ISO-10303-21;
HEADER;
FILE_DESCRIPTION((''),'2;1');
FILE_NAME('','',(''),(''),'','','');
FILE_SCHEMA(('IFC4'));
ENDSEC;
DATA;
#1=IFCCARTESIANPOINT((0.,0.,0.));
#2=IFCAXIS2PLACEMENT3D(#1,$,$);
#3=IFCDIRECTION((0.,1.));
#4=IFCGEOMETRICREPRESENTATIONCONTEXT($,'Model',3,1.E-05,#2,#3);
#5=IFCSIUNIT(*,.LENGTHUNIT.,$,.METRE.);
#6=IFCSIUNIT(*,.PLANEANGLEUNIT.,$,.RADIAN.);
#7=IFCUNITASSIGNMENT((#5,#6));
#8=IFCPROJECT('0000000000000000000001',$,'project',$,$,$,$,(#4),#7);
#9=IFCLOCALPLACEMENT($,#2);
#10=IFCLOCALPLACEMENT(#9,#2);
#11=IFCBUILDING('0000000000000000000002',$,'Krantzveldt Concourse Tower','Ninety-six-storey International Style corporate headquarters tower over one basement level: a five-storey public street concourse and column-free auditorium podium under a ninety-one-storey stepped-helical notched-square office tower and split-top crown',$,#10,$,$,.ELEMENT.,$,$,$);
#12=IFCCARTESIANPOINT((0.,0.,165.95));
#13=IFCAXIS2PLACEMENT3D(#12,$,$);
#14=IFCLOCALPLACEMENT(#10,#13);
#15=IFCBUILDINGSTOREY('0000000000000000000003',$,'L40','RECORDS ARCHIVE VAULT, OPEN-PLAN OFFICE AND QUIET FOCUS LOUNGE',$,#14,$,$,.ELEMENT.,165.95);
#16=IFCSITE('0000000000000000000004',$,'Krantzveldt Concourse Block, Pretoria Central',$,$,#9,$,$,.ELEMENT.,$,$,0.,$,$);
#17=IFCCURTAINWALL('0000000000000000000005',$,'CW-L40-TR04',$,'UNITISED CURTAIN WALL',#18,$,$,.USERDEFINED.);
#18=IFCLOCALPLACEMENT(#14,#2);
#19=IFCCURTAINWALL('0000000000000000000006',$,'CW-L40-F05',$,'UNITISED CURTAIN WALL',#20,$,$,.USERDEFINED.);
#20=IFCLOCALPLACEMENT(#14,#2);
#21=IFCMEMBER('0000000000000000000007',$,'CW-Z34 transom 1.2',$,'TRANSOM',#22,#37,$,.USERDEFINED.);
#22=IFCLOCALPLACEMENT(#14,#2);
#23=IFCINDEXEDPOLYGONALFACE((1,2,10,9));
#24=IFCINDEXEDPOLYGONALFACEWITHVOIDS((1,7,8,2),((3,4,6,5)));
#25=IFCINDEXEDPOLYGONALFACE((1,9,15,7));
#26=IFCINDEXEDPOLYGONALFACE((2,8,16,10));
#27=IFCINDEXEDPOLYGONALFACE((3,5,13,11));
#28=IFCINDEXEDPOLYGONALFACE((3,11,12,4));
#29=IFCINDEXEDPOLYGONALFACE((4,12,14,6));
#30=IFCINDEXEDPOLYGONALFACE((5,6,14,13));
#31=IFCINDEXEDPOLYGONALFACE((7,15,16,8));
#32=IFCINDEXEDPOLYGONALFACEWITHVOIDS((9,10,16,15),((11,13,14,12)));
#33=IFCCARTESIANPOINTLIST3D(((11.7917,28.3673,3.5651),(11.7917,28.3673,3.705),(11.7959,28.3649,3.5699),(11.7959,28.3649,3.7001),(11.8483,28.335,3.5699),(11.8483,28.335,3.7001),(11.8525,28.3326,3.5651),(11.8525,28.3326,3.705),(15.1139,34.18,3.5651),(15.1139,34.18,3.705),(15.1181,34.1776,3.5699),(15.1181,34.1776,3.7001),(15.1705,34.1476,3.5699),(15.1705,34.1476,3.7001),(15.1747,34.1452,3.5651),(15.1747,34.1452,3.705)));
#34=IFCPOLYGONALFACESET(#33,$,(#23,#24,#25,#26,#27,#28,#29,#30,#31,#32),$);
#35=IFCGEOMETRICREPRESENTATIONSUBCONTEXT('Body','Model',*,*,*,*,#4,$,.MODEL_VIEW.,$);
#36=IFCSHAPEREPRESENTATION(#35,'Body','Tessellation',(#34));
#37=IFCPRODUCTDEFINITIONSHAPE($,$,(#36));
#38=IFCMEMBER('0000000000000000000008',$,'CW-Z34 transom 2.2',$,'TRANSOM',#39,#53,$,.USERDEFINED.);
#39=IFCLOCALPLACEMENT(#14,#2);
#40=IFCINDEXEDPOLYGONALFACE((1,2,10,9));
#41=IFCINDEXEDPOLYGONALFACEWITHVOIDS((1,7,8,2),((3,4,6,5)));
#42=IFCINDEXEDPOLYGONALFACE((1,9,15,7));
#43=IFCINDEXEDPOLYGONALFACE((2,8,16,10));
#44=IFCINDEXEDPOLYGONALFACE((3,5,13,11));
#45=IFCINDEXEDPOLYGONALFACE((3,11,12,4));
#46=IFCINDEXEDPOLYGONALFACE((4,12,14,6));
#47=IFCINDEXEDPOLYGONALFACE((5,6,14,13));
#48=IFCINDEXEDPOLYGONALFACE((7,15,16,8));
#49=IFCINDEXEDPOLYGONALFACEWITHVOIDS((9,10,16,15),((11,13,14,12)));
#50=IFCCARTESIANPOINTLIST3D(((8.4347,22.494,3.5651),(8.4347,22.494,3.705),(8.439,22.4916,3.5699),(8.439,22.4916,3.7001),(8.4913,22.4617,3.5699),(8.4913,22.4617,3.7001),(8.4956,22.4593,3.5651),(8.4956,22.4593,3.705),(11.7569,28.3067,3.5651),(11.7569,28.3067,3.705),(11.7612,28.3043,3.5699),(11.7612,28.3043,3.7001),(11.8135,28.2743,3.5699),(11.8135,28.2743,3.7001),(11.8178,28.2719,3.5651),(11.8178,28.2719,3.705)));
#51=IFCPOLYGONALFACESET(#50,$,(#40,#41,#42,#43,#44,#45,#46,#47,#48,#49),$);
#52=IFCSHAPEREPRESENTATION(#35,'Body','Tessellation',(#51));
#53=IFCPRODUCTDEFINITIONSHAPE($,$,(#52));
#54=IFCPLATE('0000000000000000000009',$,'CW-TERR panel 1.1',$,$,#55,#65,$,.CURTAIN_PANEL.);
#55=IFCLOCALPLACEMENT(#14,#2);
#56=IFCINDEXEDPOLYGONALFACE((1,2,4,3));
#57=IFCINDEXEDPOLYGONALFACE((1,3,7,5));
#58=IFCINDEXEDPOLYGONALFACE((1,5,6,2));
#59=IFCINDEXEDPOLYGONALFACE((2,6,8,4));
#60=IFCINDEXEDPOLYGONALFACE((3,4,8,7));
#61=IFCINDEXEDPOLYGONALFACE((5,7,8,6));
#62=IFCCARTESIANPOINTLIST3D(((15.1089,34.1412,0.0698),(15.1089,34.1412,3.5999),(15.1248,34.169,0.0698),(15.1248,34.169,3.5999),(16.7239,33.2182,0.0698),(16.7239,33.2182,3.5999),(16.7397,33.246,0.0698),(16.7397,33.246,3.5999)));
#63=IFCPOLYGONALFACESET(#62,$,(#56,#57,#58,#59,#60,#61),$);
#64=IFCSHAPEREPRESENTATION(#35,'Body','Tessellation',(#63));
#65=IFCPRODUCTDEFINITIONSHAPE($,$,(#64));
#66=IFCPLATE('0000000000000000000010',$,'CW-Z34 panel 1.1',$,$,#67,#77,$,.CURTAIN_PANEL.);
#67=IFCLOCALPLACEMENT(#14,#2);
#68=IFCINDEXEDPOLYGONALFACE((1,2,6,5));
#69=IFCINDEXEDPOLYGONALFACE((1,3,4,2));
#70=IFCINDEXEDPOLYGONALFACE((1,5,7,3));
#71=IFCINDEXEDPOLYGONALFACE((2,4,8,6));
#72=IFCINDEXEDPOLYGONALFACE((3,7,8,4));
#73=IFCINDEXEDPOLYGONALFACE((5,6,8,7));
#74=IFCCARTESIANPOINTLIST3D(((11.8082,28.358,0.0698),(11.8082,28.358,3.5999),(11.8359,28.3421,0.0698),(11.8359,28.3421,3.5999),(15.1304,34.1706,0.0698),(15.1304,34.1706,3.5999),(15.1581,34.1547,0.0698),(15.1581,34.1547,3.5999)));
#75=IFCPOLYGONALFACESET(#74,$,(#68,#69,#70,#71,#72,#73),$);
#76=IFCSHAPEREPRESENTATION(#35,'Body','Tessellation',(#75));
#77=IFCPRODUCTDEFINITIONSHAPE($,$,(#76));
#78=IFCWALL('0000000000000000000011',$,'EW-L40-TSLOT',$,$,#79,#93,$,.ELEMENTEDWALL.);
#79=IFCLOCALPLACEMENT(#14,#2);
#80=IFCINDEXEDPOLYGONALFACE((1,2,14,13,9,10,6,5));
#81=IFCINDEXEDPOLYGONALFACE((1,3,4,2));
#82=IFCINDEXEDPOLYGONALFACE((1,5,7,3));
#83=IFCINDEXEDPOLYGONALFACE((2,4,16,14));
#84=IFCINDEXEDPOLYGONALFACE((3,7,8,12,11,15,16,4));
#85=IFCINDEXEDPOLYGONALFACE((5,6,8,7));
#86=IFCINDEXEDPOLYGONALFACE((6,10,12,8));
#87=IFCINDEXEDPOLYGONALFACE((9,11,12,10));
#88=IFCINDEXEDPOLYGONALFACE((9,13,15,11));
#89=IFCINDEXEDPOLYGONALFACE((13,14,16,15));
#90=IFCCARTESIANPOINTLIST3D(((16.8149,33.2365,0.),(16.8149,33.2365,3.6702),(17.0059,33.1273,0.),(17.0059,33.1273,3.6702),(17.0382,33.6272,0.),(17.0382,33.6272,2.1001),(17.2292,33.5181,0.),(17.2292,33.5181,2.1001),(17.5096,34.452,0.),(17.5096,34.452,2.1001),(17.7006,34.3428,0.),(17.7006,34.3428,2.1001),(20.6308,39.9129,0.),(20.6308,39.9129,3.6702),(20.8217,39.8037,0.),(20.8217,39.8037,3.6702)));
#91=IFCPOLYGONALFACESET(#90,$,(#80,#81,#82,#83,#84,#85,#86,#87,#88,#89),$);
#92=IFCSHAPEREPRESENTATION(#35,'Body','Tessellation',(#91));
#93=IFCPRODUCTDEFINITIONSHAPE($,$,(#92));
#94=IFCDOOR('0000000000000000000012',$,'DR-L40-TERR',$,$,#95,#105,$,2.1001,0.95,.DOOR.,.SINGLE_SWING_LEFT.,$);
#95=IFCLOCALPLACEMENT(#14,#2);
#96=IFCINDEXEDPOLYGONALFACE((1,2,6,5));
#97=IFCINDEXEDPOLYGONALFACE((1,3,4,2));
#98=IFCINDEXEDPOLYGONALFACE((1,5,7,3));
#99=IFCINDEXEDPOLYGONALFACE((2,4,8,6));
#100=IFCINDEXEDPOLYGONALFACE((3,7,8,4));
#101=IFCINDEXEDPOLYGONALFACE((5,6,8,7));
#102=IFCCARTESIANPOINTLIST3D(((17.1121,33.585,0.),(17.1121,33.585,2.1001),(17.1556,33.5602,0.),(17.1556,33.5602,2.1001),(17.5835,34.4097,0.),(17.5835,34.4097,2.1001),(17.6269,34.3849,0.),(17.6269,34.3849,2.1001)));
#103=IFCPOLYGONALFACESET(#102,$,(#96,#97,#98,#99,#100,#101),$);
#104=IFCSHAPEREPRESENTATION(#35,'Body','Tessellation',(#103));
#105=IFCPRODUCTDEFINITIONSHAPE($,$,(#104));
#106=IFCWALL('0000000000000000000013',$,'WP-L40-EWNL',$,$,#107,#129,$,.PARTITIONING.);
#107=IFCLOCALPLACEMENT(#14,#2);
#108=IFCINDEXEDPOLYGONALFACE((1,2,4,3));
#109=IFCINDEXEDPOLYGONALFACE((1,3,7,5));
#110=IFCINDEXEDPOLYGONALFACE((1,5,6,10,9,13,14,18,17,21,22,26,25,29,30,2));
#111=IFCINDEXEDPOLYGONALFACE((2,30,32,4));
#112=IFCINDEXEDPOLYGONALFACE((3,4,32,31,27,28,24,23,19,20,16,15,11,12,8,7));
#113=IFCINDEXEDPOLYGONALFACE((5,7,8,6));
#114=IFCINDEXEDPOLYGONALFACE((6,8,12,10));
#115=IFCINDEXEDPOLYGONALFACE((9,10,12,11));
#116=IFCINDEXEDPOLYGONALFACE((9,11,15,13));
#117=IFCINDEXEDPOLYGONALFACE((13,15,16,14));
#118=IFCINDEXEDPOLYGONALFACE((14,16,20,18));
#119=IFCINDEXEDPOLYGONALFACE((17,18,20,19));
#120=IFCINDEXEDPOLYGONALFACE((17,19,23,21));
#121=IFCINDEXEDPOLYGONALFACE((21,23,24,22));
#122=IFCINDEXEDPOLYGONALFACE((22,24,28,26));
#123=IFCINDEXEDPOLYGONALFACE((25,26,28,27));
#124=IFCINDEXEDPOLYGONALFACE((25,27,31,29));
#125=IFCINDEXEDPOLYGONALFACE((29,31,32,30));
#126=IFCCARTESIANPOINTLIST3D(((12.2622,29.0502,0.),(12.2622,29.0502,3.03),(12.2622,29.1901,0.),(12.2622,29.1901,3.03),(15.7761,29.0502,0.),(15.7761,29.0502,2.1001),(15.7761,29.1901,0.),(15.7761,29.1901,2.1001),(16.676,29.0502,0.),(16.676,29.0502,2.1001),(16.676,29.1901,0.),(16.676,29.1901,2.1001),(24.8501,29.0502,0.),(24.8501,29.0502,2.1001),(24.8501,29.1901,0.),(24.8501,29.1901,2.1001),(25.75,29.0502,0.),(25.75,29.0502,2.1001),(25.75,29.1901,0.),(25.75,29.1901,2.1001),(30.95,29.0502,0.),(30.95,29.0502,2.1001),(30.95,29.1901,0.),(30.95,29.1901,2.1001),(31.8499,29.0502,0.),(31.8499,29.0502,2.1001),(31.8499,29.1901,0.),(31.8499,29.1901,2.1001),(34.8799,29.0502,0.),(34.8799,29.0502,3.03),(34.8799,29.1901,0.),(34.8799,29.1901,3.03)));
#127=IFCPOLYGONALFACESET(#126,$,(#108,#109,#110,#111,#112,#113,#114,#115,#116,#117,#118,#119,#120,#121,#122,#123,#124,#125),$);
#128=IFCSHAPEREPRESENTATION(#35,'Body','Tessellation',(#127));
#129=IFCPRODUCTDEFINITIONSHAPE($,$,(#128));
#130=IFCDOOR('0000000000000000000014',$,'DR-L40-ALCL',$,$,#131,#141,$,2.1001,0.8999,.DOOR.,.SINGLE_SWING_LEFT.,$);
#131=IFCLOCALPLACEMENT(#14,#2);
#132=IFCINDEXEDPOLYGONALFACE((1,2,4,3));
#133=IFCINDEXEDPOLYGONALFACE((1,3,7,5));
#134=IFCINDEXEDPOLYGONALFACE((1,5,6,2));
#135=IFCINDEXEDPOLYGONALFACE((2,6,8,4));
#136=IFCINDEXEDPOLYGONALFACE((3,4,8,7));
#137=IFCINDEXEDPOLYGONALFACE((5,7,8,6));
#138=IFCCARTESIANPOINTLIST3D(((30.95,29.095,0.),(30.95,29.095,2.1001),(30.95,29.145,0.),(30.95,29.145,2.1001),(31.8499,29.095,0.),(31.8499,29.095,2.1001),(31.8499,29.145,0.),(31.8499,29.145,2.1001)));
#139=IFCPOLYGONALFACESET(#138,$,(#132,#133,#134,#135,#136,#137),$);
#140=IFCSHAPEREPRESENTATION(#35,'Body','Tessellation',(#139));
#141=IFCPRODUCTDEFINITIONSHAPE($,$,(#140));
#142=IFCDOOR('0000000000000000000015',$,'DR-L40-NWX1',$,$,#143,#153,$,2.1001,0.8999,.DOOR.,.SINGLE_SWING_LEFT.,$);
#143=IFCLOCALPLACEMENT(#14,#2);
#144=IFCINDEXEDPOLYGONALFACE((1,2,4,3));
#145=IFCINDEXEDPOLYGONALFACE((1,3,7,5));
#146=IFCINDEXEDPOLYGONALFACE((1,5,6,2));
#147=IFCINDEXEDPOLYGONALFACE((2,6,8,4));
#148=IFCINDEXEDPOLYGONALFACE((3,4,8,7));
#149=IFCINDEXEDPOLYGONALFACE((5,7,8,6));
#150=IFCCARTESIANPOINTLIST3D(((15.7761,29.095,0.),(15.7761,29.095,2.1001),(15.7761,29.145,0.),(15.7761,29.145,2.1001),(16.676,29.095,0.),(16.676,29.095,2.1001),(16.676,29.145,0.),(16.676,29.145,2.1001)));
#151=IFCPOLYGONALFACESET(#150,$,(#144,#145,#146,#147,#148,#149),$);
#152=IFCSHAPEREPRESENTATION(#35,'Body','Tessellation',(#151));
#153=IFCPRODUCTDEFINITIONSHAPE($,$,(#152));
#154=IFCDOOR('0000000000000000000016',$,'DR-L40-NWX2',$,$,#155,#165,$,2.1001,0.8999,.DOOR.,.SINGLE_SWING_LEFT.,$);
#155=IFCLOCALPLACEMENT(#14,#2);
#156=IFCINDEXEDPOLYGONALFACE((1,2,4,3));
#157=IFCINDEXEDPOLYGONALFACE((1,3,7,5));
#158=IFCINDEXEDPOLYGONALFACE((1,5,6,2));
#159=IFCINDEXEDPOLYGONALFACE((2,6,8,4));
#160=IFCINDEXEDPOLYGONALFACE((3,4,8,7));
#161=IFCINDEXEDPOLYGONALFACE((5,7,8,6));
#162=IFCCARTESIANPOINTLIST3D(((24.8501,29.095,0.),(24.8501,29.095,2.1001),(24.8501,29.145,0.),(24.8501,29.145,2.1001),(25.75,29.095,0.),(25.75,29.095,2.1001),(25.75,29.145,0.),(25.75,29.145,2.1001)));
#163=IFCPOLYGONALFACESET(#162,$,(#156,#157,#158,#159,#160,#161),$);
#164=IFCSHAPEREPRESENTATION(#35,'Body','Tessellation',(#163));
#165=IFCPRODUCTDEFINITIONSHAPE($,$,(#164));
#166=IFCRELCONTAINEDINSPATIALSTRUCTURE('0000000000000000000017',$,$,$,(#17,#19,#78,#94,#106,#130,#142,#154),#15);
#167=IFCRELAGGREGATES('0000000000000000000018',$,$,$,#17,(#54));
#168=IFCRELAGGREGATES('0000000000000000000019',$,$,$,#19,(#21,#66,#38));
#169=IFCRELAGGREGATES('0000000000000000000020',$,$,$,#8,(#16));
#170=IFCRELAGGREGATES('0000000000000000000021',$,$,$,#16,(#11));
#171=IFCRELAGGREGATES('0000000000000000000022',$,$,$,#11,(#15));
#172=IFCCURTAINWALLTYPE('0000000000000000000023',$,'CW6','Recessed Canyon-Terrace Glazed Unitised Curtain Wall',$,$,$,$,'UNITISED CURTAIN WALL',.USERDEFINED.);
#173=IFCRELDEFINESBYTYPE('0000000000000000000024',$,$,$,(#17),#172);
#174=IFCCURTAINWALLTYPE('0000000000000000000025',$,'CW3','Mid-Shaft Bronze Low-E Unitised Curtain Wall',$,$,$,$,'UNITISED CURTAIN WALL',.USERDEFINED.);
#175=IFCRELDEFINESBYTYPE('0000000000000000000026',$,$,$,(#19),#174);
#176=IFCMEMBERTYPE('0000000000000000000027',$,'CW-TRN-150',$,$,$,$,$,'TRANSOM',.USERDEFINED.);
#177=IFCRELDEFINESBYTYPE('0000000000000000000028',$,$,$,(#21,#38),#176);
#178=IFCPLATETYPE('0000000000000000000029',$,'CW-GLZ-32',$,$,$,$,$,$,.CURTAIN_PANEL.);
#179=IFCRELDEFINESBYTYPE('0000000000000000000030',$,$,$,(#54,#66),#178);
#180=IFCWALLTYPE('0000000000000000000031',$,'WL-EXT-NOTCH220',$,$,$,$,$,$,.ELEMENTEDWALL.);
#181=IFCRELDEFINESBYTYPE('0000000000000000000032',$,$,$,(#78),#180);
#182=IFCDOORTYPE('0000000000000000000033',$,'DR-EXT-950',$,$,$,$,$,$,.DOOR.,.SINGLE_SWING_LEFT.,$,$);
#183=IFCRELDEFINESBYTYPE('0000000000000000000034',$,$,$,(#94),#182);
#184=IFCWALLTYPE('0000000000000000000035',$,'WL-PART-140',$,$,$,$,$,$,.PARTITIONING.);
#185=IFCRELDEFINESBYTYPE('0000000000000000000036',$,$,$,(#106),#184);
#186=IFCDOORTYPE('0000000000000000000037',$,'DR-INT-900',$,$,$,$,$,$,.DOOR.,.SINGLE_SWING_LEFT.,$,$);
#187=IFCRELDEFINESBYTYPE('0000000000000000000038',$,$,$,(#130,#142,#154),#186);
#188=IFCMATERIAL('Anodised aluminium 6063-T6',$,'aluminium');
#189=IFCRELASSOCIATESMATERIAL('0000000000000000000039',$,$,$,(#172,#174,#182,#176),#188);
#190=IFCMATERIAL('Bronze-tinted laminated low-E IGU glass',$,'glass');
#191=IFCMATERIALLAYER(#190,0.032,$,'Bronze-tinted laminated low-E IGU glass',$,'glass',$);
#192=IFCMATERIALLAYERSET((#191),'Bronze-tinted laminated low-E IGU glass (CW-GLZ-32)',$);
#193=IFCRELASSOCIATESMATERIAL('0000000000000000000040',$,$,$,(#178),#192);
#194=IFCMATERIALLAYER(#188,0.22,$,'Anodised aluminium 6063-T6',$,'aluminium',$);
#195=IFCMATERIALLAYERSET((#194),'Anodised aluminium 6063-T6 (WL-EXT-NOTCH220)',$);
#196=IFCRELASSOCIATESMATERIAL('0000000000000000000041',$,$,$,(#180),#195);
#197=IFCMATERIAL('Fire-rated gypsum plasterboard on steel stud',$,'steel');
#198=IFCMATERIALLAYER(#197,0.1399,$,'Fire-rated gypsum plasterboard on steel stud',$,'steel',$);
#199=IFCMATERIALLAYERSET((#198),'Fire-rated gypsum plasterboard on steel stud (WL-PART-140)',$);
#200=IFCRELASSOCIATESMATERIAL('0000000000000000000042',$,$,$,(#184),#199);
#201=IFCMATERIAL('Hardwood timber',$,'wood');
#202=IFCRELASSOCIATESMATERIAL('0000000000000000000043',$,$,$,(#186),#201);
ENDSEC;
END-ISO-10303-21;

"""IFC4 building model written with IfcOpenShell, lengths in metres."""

from ifc_helpers import new_model, si_unit, direction, frame, frame_2d, origin, origin_2d, place, context, subcontext, project, spatial, rectangle, hollow_rectangle, extrude, source, transform, mapped, material, layer, layer_set, material_profile, profile_set, type_object, type_shapes, element, fill, aggregate, save


model = new_model("IFC4")

# Units and contexts
model_context = context("Model", 3, precision=1e-05, world=origin(), true_north=direction((0.0, 1.0)))
body_context = subcontext(model_context, "Body", "Model", "MODEL_VIEW")
ifc_project = project(units=[si_unit("LENGTHUNIT", "METRE"), si_unit("PLANEANGLEUNIT", "RADIAN")], contexts=[model_context])

# Site, building, storey
site_placement = place(None, origin())
site = spatial("IfcSite", under=ifc_project, at=site_placement, Name="Krantzveldt Concourse Block, Pretoria Central", CompositionType="ELEMENT", RefElevation=0.0)
building_placement = place(site_placement, origin())
building = spatial("IfcBuilding", under=site, at=building_placement, Name="Krantzveldt Concourse Tower", Description="Ninety-six-storey International Style corporate headquarters tower over one basement level: a five-storey public street concourse and column-free auditorium podium under a ninety-one-storey stepped-helical notched-square office tower and split-top crown", CompositionType="ELEMENT")
storey_placement = place(building_placement, frame((0.0, 0.0, 165.95)))
storey = spatial("IfcBuildingStorey", under=building, at=storey_placement, Name="L40", Description="RECORDS ARCHIVE VAULT, OPEN-PLAN OFFICE AND QUIET FOCUS LOUNGE", CompositionType="ELEMENT", Elevation=165.95)

# Curtain walls
ifc_material_1 = material(Name="Anodised aluminium 6063-T6", Category="aluminium")
curtain_wall_type_1 = type_object("IfcCurtainWallType", Name="CW6", Description="Recessed Canyon-Terrace Glazed Unitised Curtain Wall", ElementType="UNITISED CURTAIN WALL", PredefinedType="USERDEFINED", material=ifc_material_1)
curtain_wall_1_placement = place(storey_placement, origin())
curtain_wall_1 = element("IfcCurtainWall", 1, at=curtain_wall_1_placement, inside=storey, type_object=curtain_wall_type_1, Name="CW-L40-TR04", ObjectType="UNITISED CURTAIN WALL", PredefinedType="USERDEFINED")
curtain_wall_type_2 = type_object("IfcCurtainWallType", Name="CW3", Description="Mid-Shaft Bronze Low-E Unitised Curtain Wall", ElementType="UNITISED CURTAIN WALL", PredefinedType="USERDEFINED", material=ifc_material_1)
curtain_wall_2_placement = place(storey_placement, origin())
curtain_wall_2 = element("IfcCurtainWall", 2, at=curtain_wall_2_placement, inside=storey, type_object=curtain_wall_type_2, Name="CW-L40-F05", ObjectType="UNITISED CURTAIN WALL", PredefinedType="USERDEFINED")

# Members
ifc_material_profile_1 = material_profile(ifc_material_1, hollow_rectangle(XDim=0.0701, YDim=0.1399, WallThickness=0.0049, at=origin_2d()), Name="Anodised aluminium 6063-T6", Category="aluminium")
ifc_profile_set_1 = profile_set([ifc_material_profile_1], Name="Anodised aluminium 6063-T6 - ALU-TRAN 140x70x5")
member_type_1 = type_object("IfcMemberType", Name="CW-TRN-150", ElementType="TRANSOM", PredefinedType="USERDEFINED", material=ifc_profile_set_1)
shared_shape_1 = source(origin(), body_context, "Body", "SweptSolid", [
    extrude(hollow_rectangle(XDim=0.0701, YDim=0.1399, WallThickness=0.0049, at=origin_2d()), origin(), (0.0, 0.0, 1.0), 6.6951),
])
member_1_placement = place(storey_placement, frame((15.1443, 34.1626, 3.635), z_axis=(-0.496217, -0.868198, 0.0), x_axis=(0.868198, -0.496217, 0.0)))
member_1 = element("IfcMember", 3, at=member_1_placement, type_object=member_type_1, Name="CW-Z34 transom 1.2", ObjectType="TRANSOM", PredefinedType="USERDEFINED", context=body_context, shape_type="MappedRepresentation", body=[
    mapped(shared_shape_1, transform((0.0, 0.0, 0.0), x_axis=(1.0, 0.0, 0.0), y_axis=(0.0, 1.0, 0.0), z_axis=(0.0, 0.0, 1.0), scale=1.0)),
])
member_2_placement = place(storey_placement, frame((11.7874, 28.2893, 3.635), z_axis=(-0.496217, -0.868198, 0.0), x_axis=(0.868198, -0.496217, 0.0)))
member_2 = element("IfcMember", 4, at=member_2_placement, type_object=member_type_1, Name="CW-Z34 transom 2.2", ObjectType="TRANSOM", PredefinedType="USERDEFINED", context=body_context, shape_type="MappedRepresentation", body=[
    mapped(shared_shape_1, transform((0.0, 0.0, 0.0), x_axis=(1.0, 0.0, 0.0), y_axis=(0.0, 1.0, 0.0), z_axis=(0.0, 0.0, 1.0), scale=1.0)),
])

# Plates
ifc_material_2 = material(Name="Bronze-tinted laminated low-E IGU glass", Category="glass")
ifc_layer_1 = layer(ifc_material_2, 0.032, Name="Bronze-tinted laminated low-E IGU glass", Category="glass")
ifc_layer_set_1 = layer_set([ifc_layer_1], Name="Bronze-tinted laminated low-E IGU glass (CW-GLZ-32)")
plate_type = type_object("IfcPlateType", Name="CW-GLZ-32", PredefinedType="CURTAIN_PANEL", material=ifc_layer_set_1)
shared_shape_2 = source(origin(), body_context, "Body", "SweptSolid", [
    extrude(rectangle(XDim=1.8601, YDim=0.032, at=origin_2d()), origin(), (0.0, 0.0, 1.0), 3.53),
])
plate_1_placement = place(storey_placement, frame((15.9243, 33.6936, 0.0698), z_axis=(0.0, 0.0, 1.0), x_axis=(-0.868198, 0.496219, 0.0)))
plate_1 = element("IfcPlate", 5, at=plate_1_placement, type_object=plate_type, Name="CW-TERR panel 1.1", PredefinedType="CURTAIN_PANEL", context=body_context, shape_type="MappedRepresentation", body=[
    mapped(shared_shape_2, transform((0.0, 0.0, 0.0), x_axis=(1.0, 0.0, 0.0), y_axis=(0.0, 1.0, 0.0), z_axis=(0.0, 0.0, 1.0), scale=1.0)),
])
aggregate(curtain_wall_1, [plate_1])
shared_shape_3 = source(origin(), body_context, "Body", "SweptSolid", [
    extrude(rectangle(XDim=6.6951, YDim=0.032, at=origin_2d()), origin(), (0.0, 0.0, 1.0), 3.53),
])
type_shapes(plate_type, [shared_shape_2, shared_shape_3])
plate_2_placement = place(storey_placement, frame((13.4832, 31.2563, 0.0698), z_axis=(0.0, 0.0, 1.0), x_axis=(-0.496216, -0.868199, 0.0)))
plate_2 = element("IfcPlate", 6, at=plate_2_placement, type_object=plate_type, Name="CW-Z34 panel 1.1", PredefinedType="CURTAIN_PANEL", context=body_context, shape_type="MappedRepresentation", body=[
    mapped(shared_shape_3, transform((0.0, 0.0, 0.0), x_axis=(1.0, 0.0, 0.0), y_axis=(0.0, 1.0, 0.0), z_axis=(0.0, 0.0, 1.0), scale=1.0)),
])
aggregate(curtain_wall_2, [member_1, plate_2, member_2])

# Wall, opening, door
ifc_layer_2 = layer(ifc_material_1, 0.22, Name="Anodised aluminium 6063-T6", Category="aluminium")
ifc_layer_set_2 = layer_set([ifc_layer_2], Name="Anodised aluminium 6063-T6 (WL-EXT-NOTCH220)")
wall_type_1 = type_object("IfcWallType", Name="WL-EXT-NOTCH220", PredefinedType="ELEMENTEDWALL", material=ifc_layer_set_2)
wall_1_placement = place(storey_placement, frame((16.9104, 33.1819, 0.0), z_axis=(0.0, 0.0, 1.0), x_axis=(0.496214, 0.8682, 0.0)))
wall_1 = element("IfcWall", 7, at=wall_1_placement, inside=storey, type_object=wall_type_1, Name="EW-L40-TSLOT", PredefinedType="ELEMENTEDWALL", context=body_context, shape_type="SweptSolid", body=[
    extrude(rectangle(XDim=7.6899, YDim=0.22, at=frame_2d((3.845, 0.0))), origin(), (0.0, 0.0, 1.0), 3.6702),
])
opening_1_placement = place(wall_1_placement, frame((0.45, 0.0, 0.0)))
opening_1 = element("IfcOpeningElement", 8, at=opening_1_placement, cuts=wall_1, PredefinedType="OPENING", context=body_context, shape_type="SweptSolid", body=[
    extrude(rectangle(XDim=0.95, YDim=2.1001, at=frame_2d((0.4751, 1.05))), frame((0.0, 0.1201, 0.0), z_axis=(0.0, -1.0, 0.0), x_axis=(1.0, 0.0, 0.0)), (0.0, 0.0, 1.0), 0.24),
])
door_type_1 = type_object("IfcDoorType", Name="DR-EXT-950", OperationType="SINGLE_SWING_LEFT", PredefinedType="DOOR", material=ifc_material_1)
door_1_placement = place(opening_1_placement, origin())
door_1 = element("IfcDoor", 9, at=door_1_placement, inside=storey, type_object=door_type_1, Name="DR-L40-TERR", OperationType="SINGLE_SWING_LEFT", OverallHeight=2.1001, OverallWidth=0.95, PredefinedType="DOOR", context=body_context, shape_type="SweptSolid", body=[
    extrude(rectangle(XDim=0.95, YDim=2.1001, at=frame_2d((0.4751, 1.05))), frame((0.0, 0.0249, 0.0), z_axis=(0.0, -1.0, 0.0), x_axis=(1.0, 0.0, 0.0)), (0.0, 0.0, 1.0), 0.05),
])
fill(opening_1, door_1)

# Wall, openings, doors
ifc_material_3 = material(Name="Fire-rated gypsum plasterboard on steel stud", Category="steel")
ifc_layer_3 = layer(ifc_material_3, 0.1399, Name="Fire-rated gypsum plasterboard on steel stud", Category="steel")
ifc_layer_set_3 = layer_set([ifc_layer_3], Name="Fire-rated gypsum plasterboard on steel stud (WL-PART-140)")
wall_type_2 = type_object("IfcWallType", Name="WL-PART-140", PredefinedType="PARTITIONING", material=ifc_layer_set_3)
wall_2_placement = place(storey_placement, frame((12.2622, 29.1201, 0.0), z_axis=(0.0, 0.0, 1.0), x_axis=(1.0, 0.0, 0.0)))
wall_2 = element("IfcWall", 10, at=wall_2_placement, inside=storey, type_object=wall_type_2, Name="WP-L40-EWNL", PredefinedType="PARTITIONING", context=body_context, shape_type="SweptSolid", body=[
    extrude(rectangle(XDim=22.6177, YDim=0.1399, at=frame_2d((11.3088, 0.0))), origin(), (0.0, 0.0, 1.0), 3.03),
])
opening_2_placement = place(wall_2_placement, frame((18.6877, 0.0, 0.0)))
opening_2 = element("IfcOpeningElement", 11, at=opening_2_placement, cuts=wall_2, PredefinedType="OPENING", context=body_context, shape_type="SweptSolid", body=[
    extrude(rectangle(XDim=0.8999, YDim=2.1001, at=frame_2d((0.45, 1.05))), frame((0.0, 0.0801, 0.0), z_axis=(0.0, -1.0, 0.0), x_axis=(1.0, 0.0, 0.0)), (0.0, 0.0, 1.0), 0.1599),
])
opening_3_placement = place(wall_2_placement, frame((3.5139, 0.0, 0.0)))
opening_3 = element("IfcOpeningElement", 12, at=opening_3_placement, cuts=wall_2, PredefinedType="OPENING", context=body_context, shape_type="SweptSolid", body=[
    extrude(rectangle(XDim=0.8999, YDim=2.1001, at=frame_2d((0.45, 1.05))), frame((0.0, 0.0801, 0.0), z_axis=(0.0, -1.0, 0.0), x_axis=(1.0, 0.0, 0.0)), (0.0, 0.0, 1.0), 0.1599),
])
opening_4_placement = place(wall_2_placement, frame((12.5879, 0.0, 0.0)))
opening_4 = element("IfcOpeningElement", 13, at=opening_4_placement, cuts=wall_2, PredefinedType="OPENING", context=body_context, shape_type="SweptSolid", body=[
    extrude(rectangle(XDim=0.8999, YDim=2.1001, at=frame_2d((0.45, 1.05))), frame((0.0, 0.0801, 0.0), z_axis=(0.0, -1.0, 0.0), x_axis=(1.0, 0.0, 0.0)), (0.0, 0.0, 1.0), 0.1599),
])
ifc_material_4 = material(Name="Hardwood timber", Category="wood")
door_type_2 = type_object("IfcDoorType", Name="DR-INT-900", OperationType="SINGLE_SWING_LEFT", PredefinedType="DOOR", material=ifc_material_4)
door_2_placement = place(opening_2_placement, origin())
door_2 = element("IfcDoor", 14, at=door_2_placement, inside=storey, type_object=door_type_2, Name="DR-L40-ALCL", OperationType="SINGLE_SWING_LEFT", OverallHeight=2.1001, OverallWidth=0.8999, PredefinedType="DOOR", context=body_context, shape_type="SweptSolid", body=[
    extrude(rectangle(XDim=0.8999, YDim=2.1001, at=frame_2d((0.45, 1.05))), frame((0.0, 0.0249, 0.0), z_axis=(0.0, -1.0, 0.0), x_axis=(1.0, 0.0, 0.0)), (0.0, 0.0, 1.0), 0.05),
])
fill(opening_2, door_2)
door_3_placement = place(opening_3_placement, origin())
door_3 = element("IfcDoor", 15, at=door_3_placement, inside=storey, type_object=door_type_2, Name="DR-L40-NWX1", OperationType="SINGLE_SWING_LEFT", OverallHeight=2.1001, OverallWidth=0.8999, PredefinedType="DOOR", context=body_context, shape_type="SweptSolid", body=[
    extrude(rectangle(XDim=0.8999, YDim=2.1001, at=frame_2d((0.45, 1.05))), frame((0.0, 0.0249, 0.0), z_axis=(0.0, -1.0, 0.0), x_axis=(1.0, 0.0, 0.0)), (0.0, 0.0, 1.0), 0.05),
])
fill(opening_3, door_3)
door_4_placement = place(opening_4_placement, origin())
door_4 = element("IfcDoor", 16, at=door_4_placement, inside=storey, type_object=door_type_2, Name="DR-L40-NWX2", OperationType="SINGLE_SWING_LEFT", OverallHeight=2.1001, OverallWidth=0.8999, PredefinedType="DOOR", context=body_context, shape_type="SweptSolid", body=[
    extrude(rectangle(XDim=0.8999, YDim=2.1001, at=frame_2d((0.45, 1.05))), frame((0.0, 0.0249, 0.0), z_axis=(0.0, -1.0, 0.0), x_axis=(1.0, 0.0, 0.0)), (0.0, 0.0, 1.0), 0.05),
])
fill(opening_4, door_4)

save(model, "model.ifc")
